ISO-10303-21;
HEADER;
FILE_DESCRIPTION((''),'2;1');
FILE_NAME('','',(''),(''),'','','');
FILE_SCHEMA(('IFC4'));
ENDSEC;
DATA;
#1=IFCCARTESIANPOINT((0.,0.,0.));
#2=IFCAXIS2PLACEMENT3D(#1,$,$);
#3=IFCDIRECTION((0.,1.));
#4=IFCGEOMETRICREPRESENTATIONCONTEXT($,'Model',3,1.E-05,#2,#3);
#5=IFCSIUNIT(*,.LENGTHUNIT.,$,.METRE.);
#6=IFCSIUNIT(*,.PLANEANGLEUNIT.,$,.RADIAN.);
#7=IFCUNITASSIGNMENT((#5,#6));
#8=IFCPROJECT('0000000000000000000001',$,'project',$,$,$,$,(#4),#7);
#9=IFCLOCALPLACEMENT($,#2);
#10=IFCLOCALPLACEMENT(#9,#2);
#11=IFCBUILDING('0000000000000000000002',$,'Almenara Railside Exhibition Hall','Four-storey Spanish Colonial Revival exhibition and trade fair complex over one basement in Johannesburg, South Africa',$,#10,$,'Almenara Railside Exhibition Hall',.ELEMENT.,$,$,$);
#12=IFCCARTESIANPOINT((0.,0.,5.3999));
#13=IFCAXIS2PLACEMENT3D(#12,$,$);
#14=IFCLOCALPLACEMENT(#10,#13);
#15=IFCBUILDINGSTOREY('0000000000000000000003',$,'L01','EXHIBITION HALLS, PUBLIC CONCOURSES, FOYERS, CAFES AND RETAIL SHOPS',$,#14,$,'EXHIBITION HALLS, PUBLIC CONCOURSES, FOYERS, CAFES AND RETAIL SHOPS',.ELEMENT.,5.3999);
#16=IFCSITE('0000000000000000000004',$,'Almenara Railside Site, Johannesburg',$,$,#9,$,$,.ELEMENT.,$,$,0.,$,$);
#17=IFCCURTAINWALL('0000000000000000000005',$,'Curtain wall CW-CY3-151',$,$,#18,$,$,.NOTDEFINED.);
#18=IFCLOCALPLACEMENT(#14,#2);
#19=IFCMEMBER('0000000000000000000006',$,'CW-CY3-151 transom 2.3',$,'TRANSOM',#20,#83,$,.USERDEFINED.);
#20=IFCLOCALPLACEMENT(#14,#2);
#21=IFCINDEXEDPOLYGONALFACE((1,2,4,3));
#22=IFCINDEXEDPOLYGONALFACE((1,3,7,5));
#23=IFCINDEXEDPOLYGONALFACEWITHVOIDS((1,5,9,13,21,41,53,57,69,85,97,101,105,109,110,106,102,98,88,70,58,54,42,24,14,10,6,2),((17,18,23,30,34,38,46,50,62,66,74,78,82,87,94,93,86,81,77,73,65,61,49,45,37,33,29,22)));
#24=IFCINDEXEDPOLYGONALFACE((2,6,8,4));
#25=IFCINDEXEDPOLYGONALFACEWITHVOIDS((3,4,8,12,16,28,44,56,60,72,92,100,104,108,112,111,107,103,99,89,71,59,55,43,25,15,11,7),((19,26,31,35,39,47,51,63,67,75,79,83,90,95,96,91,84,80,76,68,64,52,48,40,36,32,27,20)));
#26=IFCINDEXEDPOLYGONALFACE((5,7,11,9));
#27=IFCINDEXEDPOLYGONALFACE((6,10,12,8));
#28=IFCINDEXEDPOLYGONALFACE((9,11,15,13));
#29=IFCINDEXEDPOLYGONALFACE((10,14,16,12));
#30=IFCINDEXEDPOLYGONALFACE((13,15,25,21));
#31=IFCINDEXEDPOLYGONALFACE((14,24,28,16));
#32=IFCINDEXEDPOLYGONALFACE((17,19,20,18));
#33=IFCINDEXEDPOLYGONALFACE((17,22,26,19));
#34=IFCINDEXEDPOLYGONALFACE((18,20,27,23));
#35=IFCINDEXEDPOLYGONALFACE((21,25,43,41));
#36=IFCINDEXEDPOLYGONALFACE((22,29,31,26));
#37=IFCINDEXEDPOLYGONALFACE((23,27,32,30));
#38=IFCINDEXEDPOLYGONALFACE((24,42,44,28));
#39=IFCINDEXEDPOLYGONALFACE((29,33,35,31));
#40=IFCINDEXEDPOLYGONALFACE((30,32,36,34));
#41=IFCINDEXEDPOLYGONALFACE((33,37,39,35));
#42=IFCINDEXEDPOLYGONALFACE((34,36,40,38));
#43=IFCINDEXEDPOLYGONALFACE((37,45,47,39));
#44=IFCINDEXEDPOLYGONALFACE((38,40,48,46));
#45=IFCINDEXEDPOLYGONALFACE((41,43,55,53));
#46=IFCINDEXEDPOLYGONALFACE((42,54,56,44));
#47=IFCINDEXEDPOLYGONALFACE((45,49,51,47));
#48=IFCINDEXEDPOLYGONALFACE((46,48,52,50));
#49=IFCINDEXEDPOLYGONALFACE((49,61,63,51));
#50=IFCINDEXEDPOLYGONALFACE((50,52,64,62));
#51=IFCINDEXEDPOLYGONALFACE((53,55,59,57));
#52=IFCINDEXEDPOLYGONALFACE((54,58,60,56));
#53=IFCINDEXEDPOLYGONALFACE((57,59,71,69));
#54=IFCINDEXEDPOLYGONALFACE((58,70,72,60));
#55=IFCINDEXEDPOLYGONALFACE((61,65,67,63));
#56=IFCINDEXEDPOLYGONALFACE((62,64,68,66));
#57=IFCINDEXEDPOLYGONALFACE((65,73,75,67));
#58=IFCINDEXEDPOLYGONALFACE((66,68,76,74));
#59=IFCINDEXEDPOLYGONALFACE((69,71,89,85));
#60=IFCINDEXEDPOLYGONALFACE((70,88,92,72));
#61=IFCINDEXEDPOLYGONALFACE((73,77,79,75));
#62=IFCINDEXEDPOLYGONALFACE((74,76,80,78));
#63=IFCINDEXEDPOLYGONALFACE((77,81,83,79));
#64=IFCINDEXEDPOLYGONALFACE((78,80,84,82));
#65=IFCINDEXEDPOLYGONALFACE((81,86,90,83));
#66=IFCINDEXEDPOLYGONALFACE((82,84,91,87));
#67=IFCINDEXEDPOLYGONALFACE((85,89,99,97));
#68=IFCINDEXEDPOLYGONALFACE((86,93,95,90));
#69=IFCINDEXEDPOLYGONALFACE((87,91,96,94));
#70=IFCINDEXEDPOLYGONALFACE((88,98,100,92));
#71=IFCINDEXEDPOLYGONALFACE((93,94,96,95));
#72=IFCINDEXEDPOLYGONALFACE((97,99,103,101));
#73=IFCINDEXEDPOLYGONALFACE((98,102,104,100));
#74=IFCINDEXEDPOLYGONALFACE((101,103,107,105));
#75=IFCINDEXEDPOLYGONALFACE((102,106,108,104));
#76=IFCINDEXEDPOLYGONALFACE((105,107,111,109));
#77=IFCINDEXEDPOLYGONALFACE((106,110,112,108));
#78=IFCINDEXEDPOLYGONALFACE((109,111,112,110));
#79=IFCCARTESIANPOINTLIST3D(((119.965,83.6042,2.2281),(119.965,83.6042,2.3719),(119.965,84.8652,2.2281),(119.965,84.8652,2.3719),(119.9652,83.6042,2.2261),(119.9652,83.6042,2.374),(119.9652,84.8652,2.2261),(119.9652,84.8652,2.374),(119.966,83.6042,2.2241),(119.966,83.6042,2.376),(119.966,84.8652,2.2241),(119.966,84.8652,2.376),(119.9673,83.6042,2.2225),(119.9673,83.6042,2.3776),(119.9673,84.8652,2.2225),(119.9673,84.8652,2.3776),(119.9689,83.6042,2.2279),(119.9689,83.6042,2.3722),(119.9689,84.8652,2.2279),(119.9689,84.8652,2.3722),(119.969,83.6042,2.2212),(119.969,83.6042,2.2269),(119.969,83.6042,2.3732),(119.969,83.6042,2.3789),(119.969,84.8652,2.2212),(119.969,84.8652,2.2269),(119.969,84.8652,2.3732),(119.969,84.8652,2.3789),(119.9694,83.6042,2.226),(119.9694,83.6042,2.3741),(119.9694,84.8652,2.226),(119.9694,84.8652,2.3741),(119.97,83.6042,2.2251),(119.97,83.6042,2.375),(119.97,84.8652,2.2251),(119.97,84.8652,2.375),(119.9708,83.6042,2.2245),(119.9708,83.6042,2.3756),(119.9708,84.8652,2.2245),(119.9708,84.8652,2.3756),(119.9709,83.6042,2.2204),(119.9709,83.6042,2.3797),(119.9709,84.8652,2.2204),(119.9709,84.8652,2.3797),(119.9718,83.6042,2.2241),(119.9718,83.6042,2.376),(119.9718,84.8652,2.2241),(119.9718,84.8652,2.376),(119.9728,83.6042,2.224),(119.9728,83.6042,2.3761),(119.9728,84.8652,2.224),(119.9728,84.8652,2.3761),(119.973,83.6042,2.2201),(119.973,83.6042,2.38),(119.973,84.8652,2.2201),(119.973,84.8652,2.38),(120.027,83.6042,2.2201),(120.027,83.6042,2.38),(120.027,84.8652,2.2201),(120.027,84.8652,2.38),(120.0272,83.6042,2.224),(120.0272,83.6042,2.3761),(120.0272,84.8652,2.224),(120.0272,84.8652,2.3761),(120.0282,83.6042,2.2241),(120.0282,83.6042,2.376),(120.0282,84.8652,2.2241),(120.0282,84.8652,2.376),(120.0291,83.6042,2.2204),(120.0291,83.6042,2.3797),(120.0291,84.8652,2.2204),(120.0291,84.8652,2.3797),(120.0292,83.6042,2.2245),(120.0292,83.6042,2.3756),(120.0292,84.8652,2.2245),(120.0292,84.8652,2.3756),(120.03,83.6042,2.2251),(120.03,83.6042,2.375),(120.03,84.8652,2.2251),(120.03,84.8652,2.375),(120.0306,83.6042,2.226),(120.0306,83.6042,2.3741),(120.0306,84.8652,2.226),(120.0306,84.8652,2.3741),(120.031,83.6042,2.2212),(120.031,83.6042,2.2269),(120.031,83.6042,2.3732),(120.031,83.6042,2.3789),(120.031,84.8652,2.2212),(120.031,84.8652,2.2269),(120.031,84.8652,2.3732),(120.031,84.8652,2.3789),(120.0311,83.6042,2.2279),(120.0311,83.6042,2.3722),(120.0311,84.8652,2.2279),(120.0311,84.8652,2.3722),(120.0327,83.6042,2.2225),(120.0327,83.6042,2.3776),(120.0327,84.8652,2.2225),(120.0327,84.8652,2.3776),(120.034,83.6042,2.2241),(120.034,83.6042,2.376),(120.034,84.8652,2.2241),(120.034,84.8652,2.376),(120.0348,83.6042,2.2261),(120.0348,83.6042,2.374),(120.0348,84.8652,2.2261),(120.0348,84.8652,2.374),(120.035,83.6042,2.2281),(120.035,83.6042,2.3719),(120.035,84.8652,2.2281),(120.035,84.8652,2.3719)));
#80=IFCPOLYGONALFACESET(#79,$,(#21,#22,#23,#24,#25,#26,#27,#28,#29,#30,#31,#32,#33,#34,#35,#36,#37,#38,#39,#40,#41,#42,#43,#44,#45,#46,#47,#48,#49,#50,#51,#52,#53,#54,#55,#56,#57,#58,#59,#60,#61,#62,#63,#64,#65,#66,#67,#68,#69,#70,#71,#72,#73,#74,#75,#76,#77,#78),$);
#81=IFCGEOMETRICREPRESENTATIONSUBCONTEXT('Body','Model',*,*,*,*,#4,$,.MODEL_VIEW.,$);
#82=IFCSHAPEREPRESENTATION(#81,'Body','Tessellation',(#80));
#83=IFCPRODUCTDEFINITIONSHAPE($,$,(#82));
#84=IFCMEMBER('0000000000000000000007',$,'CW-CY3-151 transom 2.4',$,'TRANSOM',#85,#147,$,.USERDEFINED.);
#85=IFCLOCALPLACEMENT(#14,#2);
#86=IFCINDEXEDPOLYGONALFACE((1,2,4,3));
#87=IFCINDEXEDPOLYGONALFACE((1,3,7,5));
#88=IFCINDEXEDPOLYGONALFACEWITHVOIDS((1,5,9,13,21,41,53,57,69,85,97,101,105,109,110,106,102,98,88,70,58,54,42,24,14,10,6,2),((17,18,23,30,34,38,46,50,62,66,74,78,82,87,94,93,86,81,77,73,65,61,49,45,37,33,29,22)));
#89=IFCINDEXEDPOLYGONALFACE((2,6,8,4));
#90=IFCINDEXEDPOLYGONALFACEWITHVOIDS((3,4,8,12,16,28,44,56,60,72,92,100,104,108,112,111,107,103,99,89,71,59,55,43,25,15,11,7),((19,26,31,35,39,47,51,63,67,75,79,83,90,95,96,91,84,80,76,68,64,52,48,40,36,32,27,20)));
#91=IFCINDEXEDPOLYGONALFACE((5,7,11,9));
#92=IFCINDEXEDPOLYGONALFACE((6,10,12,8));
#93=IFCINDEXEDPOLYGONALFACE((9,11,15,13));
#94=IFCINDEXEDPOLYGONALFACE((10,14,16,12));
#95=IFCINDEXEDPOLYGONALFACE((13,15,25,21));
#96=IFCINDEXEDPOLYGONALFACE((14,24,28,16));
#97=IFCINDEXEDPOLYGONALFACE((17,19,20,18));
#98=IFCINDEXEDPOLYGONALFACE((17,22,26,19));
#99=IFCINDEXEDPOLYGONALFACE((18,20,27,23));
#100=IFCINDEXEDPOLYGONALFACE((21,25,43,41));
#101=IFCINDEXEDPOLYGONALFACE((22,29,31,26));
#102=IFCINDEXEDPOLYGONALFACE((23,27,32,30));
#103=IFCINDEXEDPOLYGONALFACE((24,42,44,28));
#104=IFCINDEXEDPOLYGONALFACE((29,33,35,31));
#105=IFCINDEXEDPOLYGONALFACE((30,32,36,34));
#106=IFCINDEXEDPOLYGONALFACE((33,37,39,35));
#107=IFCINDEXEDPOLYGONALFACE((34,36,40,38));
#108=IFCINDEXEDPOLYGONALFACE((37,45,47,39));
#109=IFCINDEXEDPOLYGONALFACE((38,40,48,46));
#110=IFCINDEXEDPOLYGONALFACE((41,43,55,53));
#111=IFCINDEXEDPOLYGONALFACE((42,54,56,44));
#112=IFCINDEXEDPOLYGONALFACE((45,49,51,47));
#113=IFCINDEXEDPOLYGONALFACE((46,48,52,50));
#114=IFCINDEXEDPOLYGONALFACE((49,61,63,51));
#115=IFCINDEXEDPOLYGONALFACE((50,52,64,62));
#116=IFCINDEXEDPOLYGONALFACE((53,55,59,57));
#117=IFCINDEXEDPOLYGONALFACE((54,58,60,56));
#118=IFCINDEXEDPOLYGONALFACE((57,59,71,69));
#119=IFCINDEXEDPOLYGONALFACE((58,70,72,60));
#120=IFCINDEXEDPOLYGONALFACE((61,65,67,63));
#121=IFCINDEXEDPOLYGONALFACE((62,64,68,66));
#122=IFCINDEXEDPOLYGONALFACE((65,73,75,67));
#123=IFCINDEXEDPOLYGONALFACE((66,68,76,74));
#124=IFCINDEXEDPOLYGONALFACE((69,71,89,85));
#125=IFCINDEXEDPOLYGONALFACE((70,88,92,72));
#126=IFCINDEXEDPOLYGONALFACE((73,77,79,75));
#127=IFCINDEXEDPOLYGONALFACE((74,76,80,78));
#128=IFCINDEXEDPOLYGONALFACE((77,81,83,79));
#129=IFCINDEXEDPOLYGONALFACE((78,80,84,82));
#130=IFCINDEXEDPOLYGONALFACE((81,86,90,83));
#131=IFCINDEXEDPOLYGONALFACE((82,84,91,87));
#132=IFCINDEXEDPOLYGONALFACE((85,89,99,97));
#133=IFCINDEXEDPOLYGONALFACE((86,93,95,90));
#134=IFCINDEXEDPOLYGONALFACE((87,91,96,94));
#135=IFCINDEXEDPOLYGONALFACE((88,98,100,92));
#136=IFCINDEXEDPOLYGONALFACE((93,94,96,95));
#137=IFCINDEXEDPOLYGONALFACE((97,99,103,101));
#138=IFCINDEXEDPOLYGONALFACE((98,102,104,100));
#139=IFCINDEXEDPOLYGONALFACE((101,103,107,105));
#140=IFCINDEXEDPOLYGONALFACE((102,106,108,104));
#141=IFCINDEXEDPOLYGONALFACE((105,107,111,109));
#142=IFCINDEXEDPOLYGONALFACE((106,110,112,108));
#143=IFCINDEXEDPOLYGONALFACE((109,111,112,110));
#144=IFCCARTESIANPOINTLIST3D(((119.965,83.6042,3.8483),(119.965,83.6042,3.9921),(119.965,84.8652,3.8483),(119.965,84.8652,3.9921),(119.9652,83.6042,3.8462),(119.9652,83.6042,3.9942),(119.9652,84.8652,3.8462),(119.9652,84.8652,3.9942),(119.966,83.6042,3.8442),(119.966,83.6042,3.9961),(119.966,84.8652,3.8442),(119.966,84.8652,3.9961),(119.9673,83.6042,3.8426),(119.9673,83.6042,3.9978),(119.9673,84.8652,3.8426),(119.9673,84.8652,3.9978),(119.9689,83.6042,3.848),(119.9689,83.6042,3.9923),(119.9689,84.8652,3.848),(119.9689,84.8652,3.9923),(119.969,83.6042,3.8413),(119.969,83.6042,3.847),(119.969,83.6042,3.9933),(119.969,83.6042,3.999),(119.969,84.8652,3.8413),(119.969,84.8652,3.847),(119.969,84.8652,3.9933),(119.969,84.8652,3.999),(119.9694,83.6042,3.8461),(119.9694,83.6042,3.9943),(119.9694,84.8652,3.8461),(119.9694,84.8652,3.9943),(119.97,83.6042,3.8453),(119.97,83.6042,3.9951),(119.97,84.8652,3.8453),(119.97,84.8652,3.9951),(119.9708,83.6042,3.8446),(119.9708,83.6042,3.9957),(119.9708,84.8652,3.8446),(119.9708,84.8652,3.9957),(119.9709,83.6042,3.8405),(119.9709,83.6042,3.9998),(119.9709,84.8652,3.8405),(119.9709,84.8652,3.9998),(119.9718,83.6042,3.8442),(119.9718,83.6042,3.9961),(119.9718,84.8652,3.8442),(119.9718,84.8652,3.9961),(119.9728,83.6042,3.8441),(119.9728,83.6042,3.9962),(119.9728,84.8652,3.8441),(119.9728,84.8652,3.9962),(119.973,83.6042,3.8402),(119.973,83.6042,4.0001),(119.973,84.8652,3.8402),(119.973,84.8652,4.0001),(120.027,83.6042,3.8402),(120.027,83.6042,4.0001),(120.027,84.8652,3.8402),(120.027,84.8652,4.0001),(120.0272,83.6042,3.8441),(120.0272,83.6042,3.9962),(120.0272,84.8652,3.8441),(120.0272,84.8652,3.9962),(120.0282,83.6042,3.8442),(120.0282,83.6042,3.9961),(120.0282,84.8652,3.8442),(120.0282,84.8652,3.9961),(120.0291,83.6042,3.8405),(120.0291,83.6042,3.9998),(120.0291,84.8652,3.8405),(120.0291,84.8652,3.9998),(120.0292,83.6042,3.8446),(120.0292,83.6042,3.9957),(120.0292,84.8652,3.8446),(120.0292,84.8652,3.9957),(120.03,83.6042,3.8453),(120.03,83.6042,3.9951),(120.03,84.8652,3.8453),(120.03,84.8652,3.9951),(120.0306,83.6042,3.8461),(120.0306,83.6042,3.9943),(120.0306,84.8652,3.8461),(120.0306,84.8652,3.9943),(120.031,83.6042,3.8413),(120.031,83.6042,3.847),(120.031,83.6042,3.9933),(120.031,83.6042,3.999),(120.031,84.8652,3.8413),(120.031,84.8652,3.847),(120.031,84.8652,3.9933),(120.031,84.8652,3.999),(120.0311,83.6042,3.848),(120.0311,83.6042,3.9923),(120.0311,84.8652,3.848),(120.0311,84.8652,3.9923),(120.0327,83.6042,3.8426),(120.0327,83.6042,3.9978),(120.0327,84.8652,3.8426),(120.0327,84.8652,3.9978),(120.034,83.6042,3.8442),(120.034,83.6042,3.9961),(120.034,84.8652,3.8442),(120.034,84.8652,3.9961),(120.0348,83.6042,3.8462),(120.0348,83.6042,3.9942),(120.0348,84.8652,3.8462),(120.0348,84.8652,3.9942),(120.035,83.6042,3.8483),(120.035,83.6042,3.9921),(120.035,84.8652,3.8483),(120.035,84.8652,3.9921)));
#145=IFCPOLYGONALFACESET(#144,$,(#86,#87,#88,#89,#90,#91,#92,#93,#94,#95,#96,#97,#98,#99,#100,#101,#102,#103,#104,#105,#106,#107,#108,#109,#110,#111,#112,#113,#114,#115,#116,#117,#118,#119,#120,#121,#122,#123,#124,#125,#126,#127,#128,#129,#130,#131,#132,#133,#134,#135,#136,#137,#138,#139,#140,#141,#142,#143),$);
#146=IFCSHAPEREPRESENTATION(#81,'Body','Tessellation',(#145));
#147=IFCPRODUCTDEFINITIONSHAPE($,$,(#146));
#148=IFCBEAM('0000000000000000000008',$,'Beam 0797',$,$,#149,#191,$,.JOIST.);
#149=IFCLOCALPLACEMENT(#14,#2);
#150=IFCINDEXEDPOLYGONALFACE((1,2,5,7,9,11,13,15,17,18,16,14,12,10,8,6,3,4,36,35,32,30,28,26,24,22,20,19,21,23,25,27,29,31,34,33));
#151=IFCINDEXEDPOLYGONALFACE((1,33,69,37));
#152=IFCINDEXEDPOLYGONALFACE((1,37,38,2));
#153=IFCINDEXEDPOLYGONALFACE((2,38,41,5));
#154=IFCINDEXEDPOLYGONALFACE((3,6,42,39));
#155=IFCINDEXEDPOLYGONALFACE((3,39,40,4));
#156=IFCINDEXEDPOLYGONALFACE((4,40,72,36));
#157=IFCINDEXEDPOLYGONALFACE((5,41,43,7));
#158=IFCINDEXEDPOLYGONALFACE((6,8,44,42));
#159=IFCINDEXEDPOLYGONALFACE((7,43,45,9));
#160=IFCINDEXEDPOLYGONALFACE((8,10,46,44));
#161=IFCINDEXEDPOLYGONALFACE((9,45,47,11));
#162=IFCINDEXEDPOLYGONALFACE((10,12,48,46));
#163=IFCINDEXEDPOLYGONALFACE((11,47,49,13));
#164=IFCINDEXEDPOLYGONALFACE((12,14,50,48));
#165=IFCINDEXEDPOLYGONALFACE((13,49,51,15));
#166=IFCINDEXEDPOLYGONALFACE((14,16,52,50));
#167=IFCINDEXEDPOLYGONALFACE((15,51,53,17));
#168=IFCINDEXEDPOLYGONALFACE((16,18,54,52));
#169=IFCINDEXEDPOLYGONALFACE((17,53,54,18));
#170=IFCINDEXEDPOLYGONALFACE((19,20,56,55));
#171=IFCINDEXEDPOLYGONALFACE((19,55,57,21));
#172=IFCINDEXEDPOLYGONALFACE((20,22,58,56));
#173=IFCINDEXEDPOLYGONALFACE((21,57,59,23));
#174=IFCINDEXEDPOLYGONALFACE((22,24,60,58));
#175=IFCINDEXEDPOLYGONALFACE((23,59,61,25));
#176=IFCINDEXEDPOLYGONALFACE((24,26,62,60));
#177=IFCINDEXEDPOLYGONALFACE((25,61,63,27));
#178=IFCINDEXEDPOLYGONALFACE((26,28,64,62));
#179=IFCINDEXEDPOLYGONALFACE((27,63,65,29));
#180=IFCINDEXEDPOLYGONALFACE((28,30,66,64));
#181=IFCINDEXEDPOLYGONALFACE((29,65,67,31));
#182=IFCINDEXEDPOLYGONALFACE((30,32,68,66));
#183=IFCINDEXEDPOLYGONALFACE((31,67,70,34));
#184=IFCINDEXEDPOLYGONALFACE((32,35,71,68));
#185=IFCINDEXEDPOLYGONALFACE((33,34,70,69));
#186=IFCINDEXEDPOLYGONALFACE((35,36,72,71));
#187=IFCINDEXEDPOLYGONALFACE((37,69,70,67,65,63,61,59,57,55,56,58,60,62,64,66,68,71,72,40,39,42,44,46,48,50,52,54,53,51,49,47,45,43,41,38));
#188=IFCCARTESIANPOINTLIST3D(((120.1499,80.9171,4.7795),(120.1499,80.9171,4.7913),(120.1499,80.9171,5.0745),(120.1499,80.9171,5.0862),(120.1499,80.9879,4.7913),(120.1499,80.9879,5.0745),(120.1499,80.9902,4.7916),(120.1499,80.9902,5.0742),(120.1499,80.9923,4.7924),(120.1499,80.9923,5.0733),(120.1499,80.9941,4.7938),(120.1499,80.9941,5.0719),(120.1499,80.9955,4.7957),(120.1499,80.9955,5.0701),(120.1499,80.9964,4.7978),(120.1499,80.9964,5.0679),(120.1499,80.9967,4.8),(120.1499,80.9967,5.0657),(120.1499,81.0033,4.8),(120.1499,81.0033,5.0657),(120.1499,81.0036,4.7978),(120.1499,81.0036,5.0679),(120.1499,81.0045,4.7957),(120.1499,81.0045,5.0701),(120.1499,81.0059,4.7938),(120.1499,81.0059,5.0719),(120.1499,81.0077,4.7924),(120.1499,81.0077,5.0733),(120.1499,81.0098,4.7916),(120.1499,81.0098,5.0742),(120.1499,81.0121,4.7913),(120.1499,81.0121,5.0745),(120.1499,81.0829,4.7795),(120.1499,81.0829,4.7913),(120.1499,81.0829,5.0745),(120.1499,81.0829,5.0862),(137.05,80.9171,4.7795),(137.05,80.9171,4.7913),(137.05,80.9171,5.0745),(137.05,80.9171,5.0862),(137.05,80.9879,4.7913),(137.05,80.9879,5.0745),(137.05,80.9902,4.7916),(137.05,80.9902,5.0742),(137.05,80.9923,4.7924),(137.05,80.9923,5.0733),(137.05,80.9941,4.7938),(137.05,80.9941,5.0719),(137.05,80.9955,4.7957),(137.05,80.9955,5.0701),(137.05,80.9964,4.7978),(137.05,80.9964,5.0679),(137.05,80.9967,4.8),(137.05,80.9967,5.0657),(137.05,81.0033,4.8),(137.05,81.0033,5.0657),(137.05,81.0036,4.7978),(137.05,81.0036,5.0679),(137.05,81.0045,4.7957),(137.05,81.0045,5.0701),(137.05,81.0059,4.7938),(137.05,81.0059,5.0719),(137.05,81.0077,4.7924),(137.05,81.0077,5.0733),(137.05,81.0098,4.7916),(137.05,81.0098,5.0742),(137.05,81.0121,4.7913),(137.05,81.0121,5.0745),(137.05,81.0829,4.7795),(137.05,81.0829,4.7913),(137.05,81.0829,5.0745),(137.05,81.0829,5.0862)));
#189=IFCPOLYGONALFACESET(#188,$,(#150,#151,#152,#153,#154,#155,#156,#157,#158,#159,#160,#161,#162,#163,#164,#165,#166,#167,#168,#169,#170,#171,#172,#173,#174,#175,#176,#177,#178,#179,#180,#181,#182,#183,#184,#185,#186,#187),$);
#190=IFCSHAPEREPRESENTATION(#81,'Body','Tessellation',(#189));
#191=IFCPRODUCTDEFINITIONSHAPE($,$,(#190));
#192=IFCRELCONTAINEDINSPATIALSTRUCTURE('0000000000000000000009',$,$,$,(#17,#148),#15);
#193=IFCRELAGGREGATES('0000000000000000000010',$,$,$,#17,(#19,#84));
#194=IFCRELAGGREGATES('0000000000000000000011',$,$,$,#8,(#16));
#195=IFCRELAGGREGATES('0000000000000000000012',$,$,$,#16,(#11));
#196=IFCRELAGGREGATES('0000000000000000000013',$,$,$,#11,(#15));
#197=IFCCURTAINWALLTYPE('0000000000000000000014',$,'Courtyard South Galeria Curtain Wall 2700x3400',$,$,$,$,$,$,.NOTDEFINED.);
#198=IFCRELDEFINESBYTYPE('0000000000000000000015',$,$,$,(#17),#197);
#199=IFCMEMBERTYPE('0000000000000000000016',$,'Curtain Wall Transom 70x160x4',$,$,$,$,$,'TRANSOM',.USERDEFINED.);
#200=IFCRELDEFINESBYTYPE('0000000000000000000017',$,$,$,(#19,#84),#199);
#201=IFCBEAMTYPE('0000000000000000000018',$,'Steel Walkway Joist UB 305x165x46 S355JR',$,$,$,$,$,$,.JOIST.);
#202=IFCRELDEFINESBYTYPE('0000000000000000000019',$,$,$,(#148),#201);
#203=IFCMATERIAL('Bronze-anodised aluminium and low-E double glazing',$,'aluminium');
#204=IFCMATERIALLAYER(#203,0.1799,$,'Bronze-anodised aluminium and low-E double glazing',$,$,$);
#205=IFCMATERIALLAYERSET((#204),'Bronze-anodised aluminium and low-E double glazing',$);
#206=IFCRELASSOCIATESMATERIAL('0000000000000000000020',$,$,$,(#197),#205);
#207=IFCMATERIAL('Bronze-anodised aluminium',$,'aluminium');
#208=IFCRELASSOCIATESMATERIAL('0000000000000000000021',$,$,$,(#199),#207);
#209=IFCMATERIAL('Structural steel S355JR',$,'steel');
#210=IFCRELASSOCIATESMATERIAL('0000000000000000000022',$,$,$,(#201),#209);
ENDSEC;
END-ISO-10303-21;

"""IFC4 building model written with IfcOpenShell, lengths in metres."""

from ifc_helpers import new_model, si_unit, direction, frame, origin, origin_2d, place, context, subcontext, project, spatial, hollow_rectangle, i_section, extrude, material, layer, layer_set, material_profile, profile_set, type_object, element, aggregate, save


model = new_model("IFC4")

# Units and contexts
model_context = context("Model", 3, precision=1e-05, world=origin(), true_north=direction((0.0, 1.0)))
body_context = subcontext(model_context, "Body", "Model", "MODEL_VIEW")
ifc_project = project(units=[si_unit("LENGTHUNIT", "METRE"), si_unit("PLANEANGLEUNIT", "RADIAN")], contexts=[model_context])

# Site, building, storey
site_placement = place(None, origin())
site = spatial("IfcSite", under=ifc_project, at=site_placement, Name="Almenara Railside Site, Johannesburg", CompositionType="ELEMENT", RefElevation=0.0)
building_placement = place(site_placement, origin())
building = spatial("IfcBuilding", under=site, at=building_placement, Name="Almenara Railside Exhibition Hall", Description="Four-storey Spanish Colonial Revival exhibition and trade fair complex over one basement in Johannesburg, South Africa", LongName="Almenara Railside Exhibition Hall", CompositionType="ELEMENT")
storey_placement = place(building_placement, frame((0.0, 0.0, 5.3999)))
storey = spatial("IfcBuildingStorey", under=building, at=storey_placement, Name="L01", Description="EXHIBITION HALLS, PUBLIC CONCOURSES, FOYERS, CAFES AND RETAIL SHOPS", LongName="EXHIBITION HALLS, PUBLIC CONCOURSES, FOYERS, CAFES AND RETAIL SHOPS", CompositionType="ELEMENT", Elevation=5.3999)

# Shared definitions
ifc_material_1 = material(Name="Bronze-anodised aluminium and low-E double glazing", Category="aluminium")
ifc_material_2 = material(Name="Bronze-anodised aluminium", Category="aluminium")

# Curtain wall
ifc_layer_1 = layer(ifc_material_1, 0.1799, Name="Bronze-anodised aluminium and low-E double glazing")
ifc_layer_set_1 = layer_set([ifc_layer_1], Name="Bronze-anodised aluminium and low-E double glazing")
curtain_wall_type_1 = type_object("IfcCurtainWallType", Name="Courtyard South Galeria Curtain Wall 2700x3400", PredefinedType="NOTDEFINED", material=ifc_layer_set_1)
curtain_wall_1_placement = place(storey_placement, origin())
curtain_wall_1 = element("IfcCurtainWall", 1, at=curtain_wall_1_placement, inside=storey, type_object=curtain_wall_type_1, Name="Curtain wall CW-CY3-151", PredefinedType="NOTDEFINED")

# Members
ifc_material_profile_1 = material_profile(ifc_material_2, hollow_rectangle(XDim=0.0701, YDim=0.1599, WallThickness=0.0039, InnerFilletRadius=0.0039, OuterFilletRadius=0.0081, at=origin_2d()), Name="ALU-TRN 70x160x4")
ifc_profile_set_1 = profile_set([ifc_material_profile_1], Name="Bronze-anodised aluminium")
member_type_1 = type_object("IfcMemberType", Name="Curtain Wall Transom 70x160x4", ElementType="TRANSOM", PredefinedType="USERDEFINED", material=ifc_profile_set_1)
member_1_placement = place(storey_placement, frame((120.0, 83.6042, 2.3), z_axis=(0.0, 1.0, 0.0), x_axis=(-1.0, 0.0, 0.0)))
member_1 = element("IfcMember", 2, at=member_1_placement, type_object=member_type_1, Name="CW-CY3-151 transom 2.3", ObjectType="TRANSOM", PredefinedType="USERDEFINED", context=body_context, shape_type="SweptSolid", body=[
    extrude(hollow_rectangle(XDim=0.0701, YDim=0.1599, WallThickness=0.0039, InnerFilletRadius=0.0039, OuterFilletRadius=0.0081, at=origin_2d()), origin(), (0.0, 0.0, 1.0), 1.261),
])
member_2_placement = place(storey_placement, frame((120.0, 83.6042, 3.9202), z_axis=(0.0, 1.0, 0.0), x_axis=(-1.0, 0.0, 0.0)))
member_2 = element("IfcMember", 3, at=member_2_placement, type_object=member_type_1, Name="CW-CY3-151 transom 2.4", ObjectType="TRANSOM", PredefinedType="USERDEFINED", context=body_context, shape_type="SweptSolid", body=[
    extrude(hollow_rectangle(XDim=0.0701, YDim=0.1599, WallThickness=0.0039, InnerFilletRadius=0.0039, OuterFilletRadius=0.0081, at=origin_2d()), origin(), (0.0, 0.0, 1.0), 1.261),
])

# Beam
ifc_material_3 = material(Name="Structural steel S355JR", Category="steel")
ifc_material_profile_2 = material_profile(ifc_material_3, i_section(OverallWidth=0.1658, OverallDepth=0.3066, WebThickness=0.0066, FlangeThickness=0.0117, FilletRadius=0.0088, at=origin_2d()), Name="UB 305x165x46")
ifc_profile_set_2 = profile_set([ifc_material_profile_2], Name="Structural steel S355JR")
beam_type = type_object("IfcBeamType", Name="Steel Walkway Joist UB 305x165x46 S355JR", PredefinedType="JOIST", material=ifc_profile_set_2)
beam_placement = place(storey_placement, frame((120.1499, 81.0, 4.9329), z_axis=(1.0, 0.0, 0.0), x_axis=(0.0, 1.0, 0.0)))
element("IfcBeam", 4, at=beam_placement, inside=storey, type_object=beam_type, Name="Beam 0797", PredefinedType="JOIST", context=body_context, shape_type="SweptSolid", body=[
    extrude(i_section(OverallWidth=0.1658, OverallDepth=0.3066, WebThickness=0.0066, FlangeThickness=0.0117, FilletRadius=0.0088, at=origin_2d()), origin(), (0.0, 0.0, 1.0), 16.9001),
])

aggregate(curtain_wall_1, [member_1, member_2])

save(model, "model.ifc")
